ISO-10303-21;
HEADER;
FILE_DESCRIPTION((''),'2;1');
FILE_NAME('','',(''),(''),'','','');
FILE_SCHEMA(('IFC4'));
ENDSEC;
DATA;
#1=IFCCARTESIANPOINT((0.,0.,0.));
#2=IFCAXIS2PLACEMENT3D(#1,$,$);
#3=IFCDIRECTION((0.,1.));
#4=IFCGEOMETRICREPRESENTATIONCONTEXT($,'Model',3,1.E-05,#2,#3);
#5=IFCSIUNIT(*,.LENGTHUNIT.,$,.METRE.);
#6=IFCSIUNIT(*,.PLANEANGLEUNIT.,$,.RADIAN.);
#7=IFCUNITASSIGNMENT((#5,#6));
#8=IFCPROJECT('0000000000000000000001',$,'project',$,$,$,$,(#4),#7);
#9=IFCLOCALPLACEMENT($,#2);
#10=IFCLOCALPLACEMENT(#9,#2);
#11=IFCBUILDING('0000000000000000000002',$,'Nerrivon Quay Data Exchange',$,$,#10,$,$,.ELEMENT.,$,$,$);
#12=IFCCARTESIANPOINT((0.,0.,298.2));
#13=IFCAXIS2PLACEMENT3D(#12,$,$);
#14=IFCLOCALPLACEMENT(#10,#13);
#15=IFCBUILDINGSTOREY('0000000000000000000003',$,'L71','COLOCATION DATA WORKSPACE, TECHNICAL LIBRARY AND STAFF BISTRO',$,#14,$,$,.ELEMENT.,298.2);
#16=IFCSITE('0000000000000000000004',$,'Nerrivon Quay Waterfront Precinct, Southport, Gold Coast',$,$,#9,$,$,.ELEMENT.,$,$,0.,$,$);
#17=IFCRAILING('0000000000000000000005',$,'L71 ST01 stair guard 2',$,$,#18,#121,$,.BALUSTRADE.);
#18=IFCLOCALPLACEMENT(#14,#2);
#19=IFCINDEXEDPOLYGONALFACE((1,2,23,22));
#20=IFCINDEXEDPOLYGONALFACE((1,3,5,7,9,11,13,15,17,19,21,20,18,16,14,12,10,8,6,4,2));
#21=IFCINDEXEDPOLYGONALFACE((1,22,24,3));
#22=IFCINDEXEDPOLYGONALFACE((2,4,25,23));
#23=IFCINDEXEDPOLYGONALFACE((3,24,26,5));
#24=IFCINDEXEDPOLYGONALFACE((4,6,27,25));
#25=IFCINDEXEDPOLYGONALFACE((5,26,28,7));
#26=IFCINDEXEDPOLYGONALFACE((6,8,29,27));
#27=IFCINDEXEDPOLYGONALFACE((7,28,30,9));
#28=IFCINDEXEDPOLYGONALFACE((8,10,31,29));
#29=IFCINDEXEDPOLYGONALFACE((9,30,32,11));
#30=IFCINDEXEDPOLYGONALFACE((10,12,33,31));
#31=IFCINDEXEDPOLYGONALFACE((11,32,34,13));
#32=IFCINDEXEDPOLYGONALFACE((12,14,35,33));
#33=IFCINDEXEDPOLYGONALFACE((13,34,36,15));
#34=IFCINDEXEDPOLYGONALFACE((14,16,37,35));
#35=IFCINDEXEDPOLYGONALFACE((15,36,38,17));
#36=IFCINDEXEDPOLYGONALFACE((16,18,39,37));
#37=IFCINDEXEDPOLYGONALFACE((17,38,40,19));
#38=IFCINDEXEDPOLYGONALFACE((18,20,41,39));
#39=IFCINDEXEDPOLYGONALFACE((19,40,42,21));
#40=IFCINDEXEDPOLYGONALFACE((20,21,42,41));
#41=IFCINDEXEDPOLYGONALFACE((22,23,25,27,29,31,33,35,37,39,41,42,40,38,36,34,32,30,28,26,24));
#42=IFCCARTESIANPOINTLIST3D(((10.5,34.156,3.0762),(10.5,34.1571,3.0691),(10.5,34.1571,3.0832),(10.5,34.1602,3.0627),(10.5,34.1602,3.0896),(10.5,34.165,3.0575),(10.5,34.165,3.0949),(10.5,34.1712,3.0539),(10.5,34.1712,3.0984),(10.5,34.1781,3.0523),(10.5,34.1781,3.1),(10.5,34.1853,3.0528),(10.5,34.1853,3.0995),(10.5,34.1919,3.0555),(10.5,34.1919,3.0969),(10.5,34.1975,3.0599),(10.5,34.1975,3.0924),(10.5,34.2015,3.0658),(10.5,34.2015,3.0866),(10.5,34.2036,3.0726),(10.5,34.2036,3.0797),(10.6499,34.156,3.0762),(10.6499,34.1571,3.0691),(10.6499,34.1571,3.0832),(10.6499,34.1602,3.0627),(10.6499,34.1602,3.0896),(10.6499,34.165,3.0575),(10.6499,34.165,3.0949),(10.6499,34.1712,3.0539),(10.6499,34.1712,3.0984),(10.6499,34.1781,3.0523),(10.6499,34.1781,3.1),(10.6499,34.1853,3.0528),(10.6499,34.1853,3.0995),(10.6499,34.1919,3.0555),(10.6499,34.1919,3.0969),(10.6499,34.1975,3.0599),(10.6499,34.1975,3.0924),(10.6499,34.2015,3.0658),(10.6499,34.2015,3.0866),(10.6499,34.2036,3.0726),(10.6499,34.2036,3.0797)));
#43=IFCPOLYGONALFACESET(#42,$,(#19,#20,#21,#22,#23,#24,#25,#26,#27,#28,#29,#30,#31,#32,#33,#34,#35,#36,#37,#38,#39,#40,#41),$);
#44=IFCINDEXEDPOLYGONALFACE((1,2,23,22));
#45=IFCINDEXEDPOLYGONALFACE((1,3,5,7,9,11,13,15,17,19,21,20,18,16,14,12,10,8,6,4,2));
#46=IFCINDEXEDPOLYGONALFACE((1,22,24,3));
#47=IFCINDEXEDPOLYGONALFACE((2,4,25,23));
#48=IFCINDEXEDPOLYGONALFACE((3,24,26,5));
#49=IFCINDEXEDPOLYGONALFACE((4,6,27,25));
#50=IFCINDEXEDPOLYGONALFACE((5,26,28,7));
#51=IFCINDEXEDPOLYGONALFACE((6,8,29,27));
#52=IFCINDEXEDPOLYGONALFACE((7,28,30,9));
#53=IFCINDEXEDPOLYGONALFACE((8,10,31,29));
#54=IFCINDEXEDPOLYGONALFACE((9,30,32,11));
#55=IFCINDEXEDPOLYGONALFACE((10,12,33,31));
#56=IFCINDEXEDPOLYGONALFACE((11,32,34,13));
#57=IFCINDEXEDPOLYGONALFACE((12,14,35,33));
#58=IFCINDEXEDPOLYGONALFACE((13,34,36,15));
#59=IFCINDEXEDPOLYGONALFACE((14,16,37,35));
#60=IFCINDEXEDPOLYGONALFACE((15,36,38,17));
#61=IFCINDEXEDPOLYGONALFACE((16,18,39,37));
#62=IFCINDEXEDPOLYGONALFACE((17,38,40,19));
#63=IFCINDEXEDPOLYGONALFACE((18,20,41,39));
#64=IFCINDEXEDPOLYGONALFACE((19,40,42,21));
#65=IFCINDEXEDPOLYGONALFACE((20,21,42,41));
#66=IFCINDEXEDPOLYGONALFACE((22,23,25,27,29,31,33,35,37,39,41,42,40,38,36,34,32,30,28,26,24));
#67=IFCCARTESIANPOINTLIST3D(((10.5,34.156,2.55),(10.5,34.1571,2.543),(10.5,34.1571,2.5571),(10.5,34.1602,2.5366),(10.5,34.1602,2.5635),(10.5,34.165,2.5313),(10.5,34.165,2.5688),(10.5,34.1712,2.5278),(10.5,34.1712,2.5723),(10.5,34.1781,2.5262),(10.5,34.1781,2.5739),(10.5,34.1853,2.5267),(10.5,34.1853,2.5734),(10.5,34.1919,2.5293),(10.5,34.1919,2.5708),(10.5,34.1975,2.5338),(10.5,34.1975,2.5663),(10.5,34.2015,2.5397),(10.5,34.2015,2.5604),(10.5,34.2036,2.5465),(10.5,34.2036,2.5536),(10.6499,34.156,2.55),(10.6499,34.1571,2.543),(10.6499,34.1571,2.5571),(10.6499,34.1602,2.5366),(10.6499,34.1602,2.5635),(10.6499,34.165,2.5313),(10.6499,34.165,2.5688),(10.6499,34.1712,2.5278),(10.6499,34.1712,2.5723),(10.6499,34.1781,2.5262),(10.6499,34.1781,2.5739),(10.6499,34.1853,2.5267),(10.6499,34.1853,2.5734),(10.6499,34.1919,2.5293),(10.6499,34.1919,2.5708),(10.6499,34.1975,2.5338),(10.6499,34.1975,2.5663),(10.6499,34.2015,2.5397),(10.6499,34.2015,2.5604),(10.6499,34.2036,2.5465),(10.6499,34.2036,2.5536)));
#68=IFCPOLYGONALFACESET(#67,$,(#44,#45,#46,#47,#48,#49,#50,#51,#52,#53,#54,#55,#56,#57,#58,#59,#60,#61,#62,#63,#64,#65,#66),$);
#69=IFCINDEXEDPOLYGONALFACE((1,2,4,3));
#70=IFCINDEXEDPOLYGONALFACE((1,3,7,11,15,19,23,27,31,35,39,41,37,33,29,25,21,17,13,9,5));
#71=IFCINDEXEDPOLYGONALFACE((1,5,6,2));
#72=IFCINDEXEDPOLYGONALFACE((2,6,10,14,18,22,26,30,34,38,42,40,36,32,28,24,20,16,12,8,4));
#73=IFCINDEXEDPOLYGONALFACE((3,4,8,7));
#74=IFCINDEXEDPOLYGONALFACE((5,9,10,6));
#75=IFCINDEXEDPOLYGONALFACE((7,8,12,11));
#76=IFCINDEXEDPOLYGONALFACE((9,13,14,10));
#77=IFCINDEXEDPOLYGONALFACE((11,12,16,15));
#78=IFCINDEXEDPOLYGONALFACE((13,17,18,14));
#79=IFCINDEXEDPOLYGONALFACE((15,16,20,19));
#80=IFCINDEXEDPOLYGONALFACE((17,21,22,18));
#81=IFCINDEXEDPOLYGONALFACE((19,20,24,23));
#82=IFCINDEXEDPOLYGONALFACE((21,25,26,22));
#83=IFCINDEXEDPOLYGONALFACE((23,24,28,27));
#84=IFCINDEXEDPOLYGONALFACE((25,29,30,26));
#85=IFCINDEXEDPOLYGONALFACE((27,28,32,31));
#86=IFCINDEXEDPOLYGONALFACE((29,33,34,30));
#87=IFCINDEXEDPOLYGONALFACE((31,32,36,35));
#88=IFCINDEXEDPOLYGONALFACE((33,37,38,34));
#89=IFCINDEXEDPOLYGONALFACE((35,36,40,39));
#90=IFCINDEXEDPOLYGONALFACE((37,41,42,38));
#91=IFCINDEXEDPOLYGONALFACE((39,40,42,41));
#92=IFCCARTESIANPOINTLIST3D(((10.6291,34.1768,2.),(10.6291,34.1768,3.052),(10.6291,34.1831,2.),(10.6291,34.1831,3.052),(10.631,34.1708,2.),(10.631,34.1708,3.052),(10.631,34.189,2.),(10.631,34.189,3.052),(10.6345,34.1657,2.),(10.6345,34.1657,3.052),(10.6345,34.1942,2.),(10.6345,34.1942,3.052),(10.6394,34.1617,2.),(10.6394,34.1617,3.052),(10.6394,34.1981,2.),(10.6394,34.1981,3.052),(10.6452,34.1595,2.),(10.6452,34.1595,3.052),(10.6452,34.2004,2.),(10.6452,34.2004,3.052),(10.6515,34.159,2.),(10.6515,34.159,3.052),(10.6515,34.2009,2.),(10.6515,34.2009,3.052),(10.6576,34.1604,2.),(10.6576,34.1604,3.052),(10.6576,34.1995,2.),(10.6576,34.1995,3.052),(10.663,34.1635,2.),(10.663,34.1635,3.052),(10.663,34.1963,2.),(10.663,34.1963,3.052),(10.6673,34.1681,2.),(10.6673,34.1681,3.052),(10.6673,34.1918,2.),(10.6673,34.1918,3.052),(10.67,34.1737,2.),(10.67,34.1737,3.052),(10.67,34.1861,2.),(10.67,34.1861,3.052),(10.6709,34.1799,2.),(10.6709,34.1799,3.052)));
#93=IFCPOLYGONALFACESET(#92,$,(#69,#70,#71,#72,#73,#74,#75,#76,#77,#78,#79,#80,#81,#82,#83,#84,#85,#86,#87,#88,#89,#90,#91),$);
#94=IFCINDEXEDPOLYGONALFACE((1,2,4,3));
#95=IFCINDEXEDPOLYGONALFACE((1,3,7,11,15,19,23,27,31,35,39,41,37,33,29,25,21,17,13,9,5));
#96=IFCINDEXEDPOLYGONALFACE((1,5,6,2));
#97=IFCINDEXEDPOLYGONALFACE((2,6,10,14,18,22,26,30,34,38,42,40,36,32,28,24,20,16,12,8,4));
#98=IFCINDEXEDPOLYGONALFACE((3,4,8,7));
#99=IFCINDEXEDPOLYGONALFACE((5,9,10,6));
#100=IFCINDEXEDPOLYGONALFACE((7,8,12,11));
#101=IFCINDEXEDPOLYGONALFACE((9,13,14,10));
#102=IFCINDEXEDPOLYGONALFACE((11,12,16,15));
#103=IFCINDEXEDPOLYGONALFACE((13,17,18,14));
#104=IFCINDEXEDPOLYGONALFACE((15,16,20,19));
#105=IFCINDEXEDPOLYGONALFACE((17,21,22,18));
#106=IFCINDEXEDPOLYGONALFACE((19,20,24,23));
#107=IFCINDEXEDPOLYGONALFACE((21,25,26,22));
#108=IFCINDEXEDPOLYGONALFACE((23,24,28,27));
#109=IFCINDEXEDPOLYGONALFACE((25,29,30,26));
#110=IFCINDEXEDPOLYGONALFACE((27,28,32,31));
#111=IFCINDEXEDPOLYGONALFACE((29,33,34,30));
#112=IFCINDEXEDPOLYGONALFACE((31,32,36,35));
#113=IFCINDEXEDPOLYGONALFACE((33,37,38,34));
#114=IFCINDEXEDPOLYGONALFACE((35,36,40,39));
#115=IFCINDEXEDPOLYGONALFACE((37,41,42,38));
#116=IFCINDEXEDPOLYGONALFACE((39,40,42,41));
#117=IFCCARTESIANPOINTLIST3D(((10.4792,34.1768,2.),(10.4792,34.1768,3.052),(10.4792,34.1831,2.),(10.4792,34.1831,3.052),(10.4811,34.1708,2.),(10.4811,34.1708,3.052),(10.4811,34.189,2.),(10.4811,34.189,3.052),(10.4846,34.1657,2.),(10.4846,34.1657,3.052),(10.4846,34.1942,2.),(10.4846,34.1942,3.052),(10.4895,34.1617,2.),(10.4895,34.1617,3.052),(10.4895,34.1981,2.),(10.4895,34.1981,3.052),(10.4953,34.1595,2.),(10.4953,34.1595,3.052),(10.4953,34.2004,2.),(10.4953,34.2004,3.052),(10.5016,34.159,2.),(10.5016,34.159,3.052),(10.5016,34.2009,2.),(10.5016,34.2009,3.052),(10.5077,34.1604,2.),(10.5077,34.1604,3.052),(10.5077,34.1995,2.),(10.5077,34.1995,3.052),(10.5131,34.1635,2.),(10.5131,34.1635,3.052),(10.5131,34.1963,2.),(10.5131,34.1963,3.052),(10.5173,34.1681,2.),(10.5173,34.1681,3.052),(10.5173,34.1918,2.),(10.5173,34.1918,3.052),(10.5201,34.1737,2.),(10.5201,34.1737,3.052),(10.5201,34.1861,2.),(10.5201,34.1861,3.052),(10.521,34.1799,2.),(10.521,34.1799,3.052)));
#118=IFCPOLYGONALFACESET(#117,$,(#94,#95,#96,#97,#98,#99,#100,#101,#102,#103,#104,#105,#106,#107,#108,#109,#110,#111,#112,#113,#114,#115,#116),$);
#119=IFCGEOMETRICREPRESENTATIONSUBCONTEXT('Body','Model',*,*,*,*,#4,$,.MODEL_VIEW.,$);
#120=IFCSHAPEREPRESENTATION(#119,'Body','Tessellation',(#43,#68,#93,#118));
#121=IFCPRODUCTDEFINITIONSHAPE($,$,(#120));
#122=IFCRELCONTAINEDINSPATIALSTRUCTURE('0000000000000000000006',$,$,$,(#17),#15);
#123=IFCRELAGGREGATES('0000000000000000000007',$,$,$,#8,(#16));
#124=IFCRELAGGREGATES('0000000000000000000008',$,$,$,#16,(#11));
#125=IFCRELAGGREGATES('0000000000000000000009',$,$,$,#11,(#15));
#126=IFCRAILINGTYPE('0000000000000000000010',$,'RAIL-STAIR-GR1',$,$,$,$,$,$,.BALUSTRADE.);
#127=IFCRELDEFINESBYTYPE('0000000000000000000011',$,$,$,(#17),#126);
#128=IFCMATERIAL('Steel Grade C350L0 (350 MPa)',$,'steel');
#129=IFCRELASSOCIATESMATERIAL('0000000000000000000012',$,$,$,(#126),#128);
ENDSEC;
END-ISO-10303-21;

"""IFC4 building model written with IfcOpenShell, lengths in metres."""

from ifc_helpers import new_model, si_unit, direction, frame, origin, origin_2d, place, context, subcontext, project, spatial, circle, extrude, material, type_object, element, save


model = new_model("IFC4")

# Units and contexts
model_context = context("Model", 3, precision=1e-05, world=origin(), true_north=direction((0.0, 1.0)))
body_context = subcontext(model_context, "Body", "Model", "MODEL_VIEW")
ifc_project = project(units=[si_unit("LENGTHUNIT", "METRE"), si_unit("PLANEANGLEUNIT", "RADIAN")], contexts=[model_context])

# Site, building, storey
site_placement = place(None, origin())
site = spatial("IfcSite", under=ifc_project, at=site_placement, Name="Nerrivon Quay Waterfront Precinct, Southport, Gold Coast", CompositionType="ELEMENT", RefElevation=0.0)
building_placement = place(site_placement, origin())
building = spatial("IfcBuilding", under=site, at=building_placement, Name="Nerrivon Quay Data Exchange", CompositionType="ELEMENT")
storey_placement = place(building_placement, frame((0.0, 0.0, 298.2)))
storey = spatial("IfcBuildingStorey", under=building, at=storey_placement, Name="L71", Description="COLOCATION DATA WORKSPACE, TECHNICAL LIBRARY AND STAFF BISTRO", CompositionType="ELEMENT", Elevation=298.2)

# Shared definitions
ifc_material_1 = material(Name="Steel Grade C350L0 (350 MPa)", Category="steel")

# Railing
railing_type_1 = type_object("IfcRailingType", Name="RAIL-STAIR-GR1", PredefinedType="BALUSTRADE", material=ifc_material_1)
railing_1_placement = place(storey_placement, frame((10.6499, 34.1799, 2.0)))
element("IfcRailing", 1, at=railing_1_placement, inside=storey, type_object=railing_type_1, Name="L71 ST01 stair guard 2", PredefinedType="BALUSTRADE", context=body_context, shape_type="SweptSolid", body=[
    extrude(circle(Radius=0.0239, at=origin_2d()), frame((0.0, 0.0, 1.0762), z_axis=(-1.0, 0.0, 0.0), x_axis=(0.0, -1.0, 0.0)), (0.0, 0.0, 1.0), 0.1499),
    extrude(circle(Radius=0.0239, at=origin_2d()), frame((0.0, 0.0, 0.55), z_axis=(-1.0, 0.0, 0.0), x_axis=(0.0, -1.0, 0.0)), (0.0, 0.0, 1.0), 0.1499),
    extrude(circle(Radius=0.021, at=origin_2d()), origin(), (0.0, 0.0, 1.0), 1.052),
    extrude(circle(Radius=0.021, at=origin_2d()), frame((-0.1499, 0.0, 0.0)), (0.0, 0.0, 1.0), 1.052),
])

save(model, "model.ifc")
